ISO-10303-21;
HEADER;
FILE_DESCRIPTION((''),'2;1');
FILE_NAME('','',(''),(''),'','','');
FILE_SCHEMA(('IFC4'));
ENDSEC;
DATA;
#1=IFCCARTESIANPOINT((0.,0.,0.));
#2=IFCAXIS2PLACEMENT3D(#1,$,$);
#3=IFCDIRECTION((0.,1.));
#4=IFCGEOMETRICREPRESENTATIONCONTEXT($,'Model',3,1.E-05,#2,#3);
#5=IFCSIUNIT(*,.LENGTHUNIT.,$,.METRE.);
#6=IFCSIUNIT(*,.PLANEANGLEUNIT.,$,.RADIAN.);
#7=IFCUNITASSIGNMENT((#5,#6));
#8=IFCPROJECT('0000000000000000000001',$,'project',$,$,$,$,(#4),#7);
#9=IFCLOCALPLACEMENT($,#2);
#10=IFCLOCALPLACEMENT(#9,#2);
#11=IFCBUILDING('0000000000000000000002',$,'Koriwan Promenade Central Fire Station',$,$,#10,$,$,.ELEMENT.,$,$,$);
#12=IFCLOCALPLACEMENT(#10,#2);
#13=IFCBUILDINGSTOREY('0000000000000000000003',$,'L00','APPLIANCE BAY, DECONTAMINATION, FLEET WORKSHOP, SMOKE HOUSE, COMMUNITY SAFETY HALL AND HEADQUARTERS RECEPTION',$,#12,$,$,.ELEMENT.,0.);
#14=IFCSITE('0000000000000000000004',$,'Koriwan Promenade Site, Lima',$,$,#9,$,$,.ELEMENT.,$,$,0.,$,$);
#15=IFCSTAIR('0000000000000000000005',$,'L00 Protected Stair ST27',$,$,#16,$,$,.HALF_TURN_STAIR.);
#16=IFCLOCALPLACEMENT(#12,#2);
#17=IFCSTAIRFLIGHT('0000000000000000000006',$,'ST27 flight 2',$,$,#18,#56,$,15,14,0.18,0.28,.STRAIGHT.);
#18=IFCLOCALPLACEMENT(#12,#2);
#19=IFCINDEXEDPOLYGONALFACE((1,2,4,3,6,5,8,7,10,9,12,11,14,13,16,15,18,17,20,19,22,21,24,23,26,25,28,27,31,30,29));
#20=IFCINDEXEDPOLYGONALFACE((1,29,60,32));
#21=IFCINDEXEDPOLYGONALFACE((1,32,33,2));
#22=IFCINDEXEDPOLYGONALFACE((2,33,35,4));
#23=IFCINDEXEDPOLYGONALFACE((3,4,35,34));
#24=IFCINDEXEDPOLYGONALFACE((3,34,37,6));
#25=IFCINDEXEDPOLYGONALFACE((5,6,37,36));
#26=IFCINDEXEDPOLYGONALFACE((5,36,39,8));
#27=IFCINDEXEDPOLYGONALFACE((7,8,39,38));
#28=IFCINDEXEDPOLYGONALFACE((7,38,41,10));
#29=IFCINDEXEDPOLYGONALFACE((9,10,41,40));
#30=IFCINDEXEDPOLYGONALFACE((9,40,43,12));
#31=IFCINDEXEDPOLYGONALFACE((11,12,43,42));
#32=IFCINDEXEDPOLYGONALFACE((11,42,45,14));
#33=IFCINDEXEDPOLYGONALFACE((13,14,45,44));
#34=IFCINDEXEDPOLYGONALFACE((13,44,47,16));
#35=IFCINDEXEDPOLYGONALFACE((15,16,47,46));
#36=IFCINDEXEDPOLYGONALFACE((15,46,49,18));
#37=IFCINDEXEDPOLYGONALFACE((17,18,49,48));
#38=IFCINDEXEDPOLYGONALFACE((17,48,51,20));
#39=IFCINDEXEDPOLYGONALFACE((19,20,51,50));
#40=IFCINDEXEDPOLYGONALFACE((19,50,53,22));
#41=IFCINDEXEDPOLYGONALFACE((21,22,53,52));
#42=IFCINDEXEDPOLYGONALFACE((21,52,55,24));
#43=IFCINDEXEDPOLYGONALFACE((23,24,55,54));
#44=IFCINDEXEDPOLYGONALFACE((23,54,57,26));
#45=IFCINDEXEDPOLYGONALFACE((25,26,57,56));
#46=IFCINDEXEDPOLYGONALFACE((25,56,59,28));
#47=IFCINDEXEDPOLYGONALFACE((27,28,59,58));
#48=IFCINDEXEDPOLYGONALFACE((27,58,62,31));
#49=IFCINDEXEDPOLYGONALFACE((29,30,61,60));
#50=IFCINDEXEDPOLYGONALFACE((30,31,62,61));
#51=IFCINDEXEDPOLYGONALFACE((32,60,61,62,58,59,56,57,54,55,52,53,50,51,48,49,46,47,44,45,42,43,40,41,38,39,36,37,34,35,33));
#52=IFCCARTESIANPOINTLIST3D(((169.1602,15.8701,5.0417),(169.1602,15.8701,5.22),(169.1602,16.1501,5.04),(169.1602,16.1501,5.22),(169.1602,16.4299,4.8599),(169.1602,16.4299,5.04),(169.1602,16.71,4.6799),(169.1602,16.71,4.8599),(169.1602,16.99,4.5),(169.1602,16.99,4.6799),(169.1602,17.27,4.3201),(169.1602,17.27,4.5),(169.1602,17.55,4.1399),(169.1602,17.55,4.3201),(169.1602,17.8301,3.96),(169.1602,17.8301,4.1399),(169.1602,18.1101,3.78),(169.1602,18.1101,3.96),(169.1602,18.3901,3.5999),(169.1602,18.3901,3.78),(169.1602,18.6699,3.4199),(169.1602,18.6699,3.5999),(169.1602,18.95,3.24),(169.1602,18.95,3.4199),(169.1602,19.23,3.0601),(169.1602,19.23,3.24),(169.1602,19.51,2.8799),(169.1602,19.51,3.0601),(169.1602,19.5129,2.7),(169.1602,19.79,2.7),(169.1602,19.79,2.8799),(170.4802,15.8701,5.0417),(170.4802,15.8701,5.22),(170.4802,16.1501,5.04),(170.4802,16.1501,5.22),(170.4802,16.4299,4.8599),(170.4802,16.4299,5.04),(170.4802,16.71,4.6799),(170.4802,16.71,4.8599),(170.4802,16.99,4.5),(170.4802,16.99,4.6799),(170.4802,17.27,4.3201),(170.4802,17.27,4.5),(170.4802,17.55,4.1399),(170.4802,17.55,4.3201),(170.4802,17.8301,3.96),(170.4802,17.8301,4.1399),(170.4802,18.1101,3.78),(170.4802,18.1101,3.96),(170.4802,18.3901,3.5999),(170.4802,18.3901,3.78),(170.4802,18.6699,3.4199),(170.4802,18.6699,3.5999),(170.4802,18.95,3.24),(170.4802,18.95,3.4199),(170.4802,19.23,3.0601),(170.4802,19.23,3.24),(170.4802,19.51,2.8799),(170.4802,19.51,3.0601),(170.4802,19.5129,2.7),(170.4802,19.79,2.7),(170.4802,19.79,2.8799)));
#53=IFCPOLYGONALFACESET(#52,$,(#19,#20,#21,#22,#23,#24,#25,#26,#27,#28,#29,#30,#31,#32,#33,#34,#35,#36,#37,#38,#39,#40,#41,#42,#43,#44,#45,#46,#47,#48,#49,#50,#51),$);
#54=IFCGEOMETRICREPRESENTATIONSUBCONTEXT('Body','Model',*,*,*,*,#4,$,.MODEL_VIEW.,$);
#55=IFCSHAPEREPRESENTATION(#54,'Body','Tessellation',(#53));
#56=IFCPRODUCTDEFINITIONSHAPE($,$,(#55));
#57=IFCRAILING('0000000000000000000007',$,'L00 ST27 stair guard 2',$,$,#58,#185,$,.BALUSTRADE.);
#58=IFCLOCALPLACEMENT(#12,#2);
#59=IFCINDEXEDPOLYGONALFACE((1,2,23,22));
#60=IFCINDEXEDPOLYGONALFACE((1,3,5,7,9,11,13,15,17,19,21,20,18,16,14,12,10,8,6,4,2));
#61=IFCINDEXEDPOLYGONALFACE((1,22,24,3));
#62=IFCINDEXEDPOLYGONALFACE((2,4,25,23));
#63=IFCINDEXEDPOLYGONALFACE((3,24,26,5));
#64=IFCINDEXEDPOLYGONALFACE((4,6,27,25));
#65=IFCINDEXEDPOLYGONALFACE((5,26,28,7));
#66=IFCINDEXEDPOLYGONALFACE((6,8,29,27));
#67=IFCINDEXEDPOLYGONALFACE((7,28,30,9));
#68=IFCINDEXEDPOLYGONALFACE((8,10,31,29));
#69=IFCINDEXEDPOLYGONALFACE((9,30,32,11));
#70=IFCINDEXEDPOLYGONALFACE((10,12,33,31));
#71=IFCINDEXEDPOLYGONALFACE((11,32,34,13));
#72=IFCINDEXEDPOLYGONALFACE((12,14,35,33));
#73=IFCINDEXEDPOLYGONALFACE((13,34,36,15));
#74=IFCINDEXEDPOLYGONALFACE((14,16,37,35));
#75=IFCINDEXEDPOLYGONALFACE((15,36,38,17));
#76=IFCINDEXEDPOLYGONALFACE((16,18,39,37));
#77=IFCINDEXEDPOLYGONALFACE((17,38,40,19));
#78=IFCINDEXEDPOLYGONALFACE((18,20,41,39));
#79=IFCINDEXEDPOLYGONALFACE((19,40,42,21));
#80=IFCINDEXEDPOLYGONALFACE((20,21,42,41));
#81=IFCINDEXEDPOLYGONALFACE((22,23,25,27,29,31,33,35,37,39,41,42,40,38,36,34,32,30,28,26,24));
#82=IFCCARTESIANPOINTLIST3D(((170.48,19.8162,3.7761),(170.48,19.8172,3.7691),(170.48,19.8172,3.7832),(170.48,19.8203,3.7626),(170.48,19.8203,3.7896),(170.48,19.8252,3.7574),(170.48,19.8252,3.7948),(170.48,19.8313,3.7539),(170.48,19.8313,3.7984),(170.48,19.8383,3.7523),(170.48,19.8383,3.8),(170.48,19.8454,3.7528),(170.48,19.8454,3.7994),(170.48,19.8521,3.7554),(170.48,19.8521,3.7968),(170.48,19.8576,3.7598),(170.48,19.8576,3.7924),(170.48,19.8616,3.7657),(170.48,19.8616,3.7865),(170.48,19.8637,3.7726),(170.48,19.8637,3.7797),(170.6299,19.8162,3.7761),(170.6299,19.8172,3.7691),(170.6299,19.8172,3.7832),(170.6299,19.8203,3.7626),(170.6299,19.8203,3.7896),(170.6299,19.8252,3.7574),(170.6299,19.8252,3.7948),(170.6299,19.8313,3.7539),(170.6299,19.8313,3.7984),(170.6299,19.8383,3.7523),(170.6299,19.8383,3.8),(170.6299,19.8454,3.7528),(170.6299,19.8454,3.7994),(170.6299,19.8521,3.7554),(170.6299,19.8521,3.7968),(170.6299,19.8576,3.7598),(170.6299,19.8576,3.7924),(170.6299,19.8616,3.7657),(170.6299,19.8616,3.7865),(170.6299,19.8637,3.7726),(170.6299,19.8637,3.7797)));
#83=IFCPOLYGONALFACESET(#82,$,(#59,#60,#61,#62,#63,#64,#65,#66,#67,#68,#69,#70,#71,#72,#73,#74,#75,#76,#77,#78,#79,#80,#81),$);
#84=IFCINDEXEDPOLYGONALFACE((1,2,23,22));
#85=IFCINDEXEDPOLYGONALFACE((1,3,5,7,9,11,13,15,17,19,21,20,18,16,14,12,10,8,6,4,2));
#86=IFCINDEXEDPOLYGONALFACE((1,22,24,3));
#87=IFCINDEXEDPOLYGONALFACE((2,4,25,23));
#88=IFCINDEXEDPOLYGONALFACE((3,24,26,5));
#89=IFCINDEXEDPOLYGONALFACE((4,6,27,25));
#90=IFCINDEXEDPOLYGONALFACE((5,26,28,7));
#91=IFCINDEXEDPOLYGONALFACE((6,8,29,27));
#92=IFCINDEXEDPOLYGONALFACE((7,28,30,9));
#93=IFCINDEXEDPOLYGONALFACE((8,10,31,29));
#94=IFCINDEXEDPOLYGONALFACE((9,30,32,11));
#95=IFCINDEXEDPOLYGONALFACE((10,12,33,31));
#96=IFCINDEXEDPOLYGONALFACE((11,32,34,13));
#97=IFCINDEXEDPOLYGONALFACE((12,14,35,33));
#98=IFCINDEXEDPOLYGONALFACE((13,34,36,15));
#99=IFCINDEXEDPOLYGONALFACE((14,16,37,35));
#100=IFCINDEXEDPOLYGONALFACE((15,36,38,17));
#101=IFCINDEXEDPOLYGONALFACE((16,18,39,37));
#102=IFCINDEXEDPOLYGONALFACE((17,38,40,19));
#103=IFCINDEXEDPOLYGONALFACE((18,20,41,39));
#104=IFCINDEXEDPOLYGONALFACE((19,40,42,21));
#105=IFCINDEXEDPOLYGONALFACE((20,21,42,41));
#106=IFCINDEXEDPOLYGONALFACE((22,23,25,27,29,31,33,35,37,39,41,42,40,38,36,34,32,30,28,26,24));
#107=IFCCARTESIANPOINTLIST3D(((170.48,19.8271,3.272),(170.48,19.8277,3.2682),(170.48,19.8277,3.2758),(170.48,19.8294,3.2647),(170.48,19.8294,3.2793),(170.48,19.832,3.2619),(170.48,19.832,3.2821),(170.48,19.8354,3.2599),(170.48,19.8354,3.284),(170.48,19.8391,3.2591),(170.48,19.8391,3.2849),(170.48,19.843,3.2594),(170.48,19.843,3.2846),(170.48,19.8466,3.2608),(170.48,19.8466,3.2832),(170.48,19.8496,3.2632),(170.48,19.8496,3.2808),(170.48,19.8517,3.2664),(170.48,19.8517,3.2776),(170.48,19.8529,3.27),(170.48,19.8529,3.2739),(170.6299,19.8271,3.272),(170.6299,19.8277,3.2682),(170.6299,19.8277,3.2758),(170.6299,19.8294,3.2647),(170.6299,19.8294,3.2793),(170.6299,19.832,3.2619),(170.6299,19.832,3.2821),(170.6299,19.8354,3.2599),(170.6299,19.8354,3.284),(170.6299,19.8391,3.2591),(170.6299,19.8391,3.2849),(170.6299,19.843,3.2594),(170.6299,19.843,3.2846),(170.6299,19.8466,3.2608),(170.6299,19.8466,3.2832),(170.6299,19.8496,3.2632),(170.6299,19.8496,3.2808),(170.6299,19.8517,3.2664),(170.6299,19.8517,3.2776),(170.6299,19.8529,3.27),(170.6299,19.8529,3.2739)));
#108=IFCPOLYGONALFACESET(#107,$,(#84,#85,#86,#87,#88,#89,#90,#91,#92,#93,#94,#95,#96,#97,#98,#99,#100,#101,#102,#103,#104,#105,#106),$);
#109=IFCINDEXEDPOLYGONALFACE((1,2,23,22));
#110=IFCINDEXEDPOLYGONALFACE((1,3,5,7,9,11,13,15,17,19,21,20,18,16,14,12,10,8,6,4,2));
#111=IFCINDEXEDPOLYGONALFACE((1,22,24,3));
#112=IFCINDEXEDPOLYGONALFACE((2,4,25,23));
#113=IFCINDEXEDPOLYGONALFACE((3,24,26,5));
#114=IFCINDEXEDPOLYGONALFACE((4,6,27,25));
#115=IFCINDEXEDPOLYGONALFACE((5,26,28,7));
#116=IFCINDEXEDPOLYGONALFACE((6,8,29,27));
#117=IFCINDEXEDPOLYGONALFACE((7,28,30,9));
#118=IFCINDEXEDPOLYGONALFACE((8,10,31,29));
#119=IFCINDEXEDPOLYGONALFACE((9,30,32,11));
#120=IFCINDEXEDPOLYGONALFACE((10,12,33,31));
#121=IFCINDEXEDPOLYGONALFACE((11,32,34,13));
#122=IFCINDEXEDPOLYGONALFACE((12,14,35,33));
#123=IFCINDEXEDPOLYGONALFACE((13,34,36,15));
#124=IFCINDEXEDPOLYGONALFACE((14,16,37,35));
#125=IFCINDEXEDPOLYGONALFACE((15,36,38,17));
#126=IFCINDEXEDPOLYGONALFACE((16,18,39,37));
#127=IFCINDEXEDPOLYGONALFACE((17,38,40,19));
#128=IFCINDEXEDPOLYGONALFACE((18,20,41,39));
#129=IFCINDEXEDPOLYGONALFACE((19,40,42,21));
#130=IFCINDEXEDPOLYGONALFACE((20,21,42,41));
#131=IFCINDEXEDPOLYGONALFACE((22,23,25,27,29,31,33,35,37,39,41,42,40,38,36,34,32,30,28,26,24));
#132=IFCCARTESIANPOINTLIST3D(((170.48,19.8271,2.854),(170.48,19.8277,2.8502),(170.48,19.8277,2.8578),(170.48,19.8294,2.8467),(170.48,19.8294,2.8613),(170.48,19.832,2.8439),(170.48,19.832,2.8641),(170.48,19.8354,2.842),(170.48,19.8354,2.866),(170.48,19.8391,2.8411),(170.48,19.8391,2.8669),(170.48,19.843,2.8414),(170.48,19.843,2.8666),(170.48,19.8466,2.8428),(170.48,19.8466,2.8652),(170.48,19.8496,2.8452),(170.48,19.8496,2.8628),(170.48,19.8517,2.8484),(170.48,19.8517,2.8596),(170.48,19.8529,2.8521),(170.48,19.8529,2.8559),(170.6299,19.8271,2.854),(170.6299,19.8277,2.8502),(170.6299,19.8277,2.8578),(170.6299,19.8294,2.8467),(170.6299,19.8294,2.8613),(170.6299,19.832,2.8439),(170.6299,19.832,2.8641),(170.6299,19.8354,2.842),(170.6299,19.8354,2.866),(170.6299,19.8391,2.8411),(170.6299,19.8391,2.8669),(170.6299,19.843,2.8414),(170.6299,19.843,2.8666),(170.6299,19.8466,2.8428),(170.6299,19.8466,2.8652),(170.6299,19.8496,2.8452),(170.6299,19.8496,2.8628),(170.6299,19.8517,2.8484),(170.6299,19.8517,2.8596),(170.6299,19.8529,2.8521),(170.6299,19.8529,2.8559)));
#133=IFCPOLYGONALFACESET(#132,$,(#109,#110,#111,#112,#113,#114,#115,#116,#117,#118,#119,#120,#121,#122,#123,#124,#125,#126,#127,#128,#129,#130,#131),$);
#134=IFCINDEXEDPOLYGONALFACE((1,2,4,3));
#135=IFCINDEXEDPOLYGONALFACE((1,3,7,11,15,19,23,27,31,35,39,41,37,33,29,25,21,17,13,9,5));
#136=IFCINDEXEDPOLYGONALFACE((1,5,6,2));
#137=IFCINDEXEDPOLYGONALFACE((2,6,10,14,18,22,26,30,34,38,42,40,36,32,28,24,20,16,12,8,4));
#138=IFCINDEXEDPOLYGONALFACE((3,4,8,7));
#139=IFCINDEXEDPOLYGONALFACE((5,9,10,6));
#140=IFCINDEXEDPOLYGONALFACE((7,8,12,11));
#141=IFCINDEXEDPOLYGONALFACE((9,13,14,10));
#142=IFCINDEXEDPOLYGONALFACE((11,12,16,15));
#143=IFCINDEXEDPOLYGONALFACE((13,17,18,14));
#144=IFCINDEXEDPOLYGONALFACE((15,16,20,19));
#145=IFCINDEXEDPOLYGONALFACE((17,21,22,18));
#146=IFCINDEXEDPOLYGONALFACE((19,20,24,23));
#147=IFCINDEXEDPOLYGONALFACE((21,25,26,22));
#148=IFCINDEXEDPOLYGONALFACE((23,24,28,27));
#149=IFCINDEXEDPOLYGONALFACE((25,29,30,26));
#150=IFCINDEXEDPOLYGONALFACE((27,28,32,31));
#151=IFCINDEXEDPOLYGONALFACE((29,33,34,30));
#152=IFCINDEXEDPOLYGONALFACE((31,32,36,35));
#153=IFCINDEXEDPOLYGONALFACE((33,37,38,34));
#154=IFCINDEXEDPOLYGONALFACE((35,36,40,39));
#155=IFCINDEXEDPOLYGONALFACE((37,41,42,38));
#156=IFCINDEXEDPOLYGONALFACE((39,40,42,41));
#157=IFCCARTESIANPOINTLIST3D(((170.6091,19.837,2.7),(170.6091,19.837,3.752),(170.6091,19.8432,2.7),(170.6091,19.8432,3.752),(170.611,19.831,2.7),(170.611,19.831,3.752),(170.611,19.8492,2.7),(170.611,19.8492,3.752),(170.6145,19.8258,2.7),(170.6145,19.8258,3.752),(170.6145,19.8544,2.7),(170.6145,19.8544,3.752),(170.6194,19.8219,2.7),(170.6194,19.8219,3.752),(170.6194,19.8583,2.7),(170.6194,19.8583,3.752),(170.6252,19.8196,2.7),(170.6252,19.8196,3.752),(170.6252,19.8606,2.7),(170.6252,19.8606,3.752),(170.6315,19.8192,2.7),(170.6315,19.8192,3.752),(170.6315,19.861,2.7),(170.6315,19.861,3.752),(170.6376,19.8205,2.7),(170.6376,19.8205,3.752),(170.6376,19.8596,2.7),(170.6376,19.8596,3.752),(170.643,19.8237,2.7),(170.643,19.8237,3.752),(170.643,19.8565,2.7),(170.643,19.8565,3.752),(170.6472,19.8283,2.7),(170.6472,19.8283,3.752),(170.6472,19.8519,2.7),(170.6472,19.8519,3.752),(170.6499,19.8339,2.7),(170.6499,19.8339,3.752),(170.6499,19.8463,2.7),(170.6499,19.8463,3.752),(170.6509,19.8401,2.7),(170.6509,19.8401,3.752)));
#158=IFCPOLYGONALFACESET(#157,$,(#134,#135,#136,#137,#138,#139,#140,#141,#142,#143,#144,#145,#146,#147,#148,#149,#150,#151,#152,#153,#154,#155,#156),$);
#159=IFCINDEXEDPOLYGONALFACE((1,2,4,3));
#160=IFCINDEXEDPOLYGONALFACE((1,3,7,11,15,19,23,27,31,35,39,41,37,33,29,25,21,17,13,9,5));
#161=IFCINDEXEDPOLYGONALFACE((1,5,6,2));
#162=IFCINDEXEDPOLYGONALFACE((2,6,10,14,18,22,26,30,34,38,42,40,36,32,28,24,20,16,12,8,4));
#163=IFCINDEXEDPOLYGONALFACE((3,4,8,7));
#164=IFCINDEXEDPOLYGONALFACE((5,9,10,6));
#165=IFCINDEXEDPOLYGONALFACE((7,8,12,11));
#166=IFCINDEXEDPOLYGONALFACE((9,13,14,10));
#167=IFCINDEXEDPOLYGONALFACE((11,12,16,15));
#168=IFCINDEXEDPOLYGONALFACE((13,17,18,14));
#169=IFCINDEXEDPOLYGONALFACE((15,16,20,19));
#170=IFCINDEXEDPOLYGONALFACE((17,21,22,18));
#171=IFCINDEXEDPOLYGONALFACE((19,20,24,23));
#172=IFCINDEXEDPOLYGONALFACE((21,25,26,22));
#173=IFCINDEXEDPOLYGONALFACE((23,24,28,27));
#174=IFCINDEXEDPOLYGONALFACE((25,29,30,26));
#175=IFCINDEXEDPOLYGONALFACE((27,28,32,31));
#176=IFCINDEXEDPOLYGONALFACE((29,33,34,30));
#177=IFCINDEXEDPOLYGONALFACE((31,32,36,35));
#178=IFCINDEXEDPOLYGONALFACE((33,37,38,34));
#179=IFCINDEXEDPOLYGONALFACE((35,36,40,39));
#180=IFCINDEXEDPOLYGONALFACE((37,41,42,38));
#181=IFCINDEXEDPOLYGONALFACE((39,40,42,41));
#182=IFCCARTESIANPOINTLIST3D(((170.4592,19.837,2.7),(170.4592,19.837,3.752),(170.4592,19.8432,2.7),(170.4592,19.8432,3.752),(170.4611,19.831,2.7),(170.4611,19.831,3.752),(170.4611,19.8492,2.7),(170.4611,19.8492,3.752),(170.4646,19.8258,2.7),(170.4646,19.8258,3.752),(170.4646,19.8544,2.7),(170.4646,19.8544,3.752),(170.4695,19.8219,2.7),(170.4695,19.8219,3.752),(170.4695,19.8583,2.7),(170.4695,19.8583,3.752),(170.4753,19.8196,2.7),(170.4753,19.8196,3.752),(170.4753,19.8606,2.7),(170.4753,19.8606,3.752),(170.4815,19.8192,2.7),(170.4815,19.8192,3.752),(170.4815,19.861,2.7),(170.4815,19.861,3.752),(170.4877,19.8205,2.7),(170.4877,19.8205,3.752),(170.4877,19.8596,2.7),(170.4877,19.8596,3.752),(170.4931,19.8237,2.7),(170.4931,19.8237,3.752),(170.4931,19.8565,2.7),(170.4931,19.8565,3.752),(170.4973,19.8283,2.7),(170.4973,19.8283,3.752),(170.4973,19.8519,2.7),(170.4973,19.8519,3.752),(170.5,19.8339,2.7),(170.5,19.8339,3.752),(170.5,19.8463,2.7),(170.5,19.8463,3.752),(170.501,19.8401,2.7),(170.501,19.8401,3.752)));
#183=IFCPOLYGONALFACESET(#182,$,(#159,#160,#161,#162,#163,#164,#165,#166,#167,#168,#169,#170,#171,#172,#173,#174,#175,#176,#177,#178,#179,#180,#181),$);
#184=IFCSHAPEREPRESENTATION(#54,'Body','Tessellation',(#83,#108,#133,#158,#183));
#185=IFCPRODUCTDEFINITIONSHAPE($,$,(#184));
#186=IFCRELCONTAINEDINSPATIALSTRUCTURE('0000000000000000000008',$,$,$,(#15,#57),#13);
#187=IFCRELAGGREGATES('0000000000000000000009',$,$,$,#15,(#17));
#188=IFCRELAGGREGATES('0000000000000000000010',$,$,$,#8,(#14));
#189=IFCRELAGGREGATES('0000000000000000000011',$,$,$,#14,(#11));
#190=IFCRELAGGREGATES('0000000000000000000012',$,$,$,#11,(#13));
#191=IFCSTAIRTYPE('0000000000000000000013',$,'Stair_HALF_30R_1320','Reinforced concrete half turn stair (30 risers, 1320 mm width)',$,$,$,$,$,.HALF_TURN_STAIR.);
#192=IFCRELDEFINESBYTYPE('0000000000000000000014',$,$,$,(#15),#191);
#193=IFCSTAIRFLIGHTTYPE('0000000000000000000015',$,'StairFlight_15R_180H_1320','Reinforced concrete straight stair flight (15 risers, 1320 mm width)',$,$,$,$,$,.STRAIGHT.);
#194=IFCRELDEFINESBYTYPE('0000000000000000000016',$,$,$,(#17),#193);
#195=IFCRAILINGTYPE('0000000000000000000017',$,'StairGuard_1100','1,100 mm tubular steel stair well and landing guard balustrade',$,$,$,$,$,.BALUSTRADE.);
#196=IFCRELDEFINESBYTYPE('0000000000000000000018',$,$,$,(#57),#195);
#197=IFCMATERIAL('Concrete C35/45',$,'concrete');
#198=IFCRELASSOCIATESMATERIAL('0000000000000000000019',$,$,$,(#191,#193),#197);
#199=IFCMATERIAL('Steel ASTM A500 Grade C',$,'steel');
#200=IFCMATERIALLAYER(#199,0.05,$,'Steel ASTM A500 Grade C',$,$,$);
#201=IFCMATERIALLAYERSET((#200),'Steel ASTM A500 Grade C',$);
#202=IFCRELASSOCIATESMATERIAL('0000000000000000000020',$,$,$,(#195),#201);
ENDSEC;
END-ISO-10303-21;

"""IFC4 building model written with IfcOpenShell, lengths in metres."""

from ifc_helpers import new_model, si_unit, direction, frame, origin, origin_2d, place, context, subcontext, project, spatial, polyline, circle, outline, extrude, material, layer, layer_set, type_object, element, aggregate, save


model = new_model("IFC4")

# Units and contexts
model_context = context("Model", 3, precision=1e-05, world=origin(), true_north=direction((0.0, 1.0)))
body_context = subcontext(model_context, "Body", "Model", "MODEL_VIEW")
ifc_project = project(units=[si_unit("LENGTHUNIT", "METRE"), si_unit("PLANEANGLEUNIT", "RADIAN")], contexts=[model_context])

# Site, building, storey
site_placement = place(None, origin())
site = spatial("IfcSite", under=ifc_project, at=site_placement, Name="Koriwan Promenade Site, Lima", CompositionType="ELEMENT", RefElevation=0.0)
building_placement = place(site_placement, origin())
building = spatial("IfcBuilding", under=site, at=building_placement, Name="Koriwan Promenade Central Fire Station", CompositionType="ELEMENT")
storey_placement = place(building_placement, origin())
storey = spatial("IfcBuildingStorey", under=building, at=storey_placement, Name="L00", Description="APPLIANCE BAY, DECONTAMINATION, FLEET WORKSHOP, SMOKE HOUSE, COMMUNITY SAFETY HALL AND HEADQUARTERS RECEPTION", CompositionType="ELEMENT", Elevation=0.0)

# Shared definitions
ifc_material_1 = material(Name="Concrete C35/45", Category="concrete")

# Stair, stair flight
stair_type = type_object("IfcStairType", Name="Stair_HALF_30R_1320", Description="Reinforced concrete half turn stair (30 risers, 1320 mm width)", PredefinedType="HALF_TURN_STAIR", material=ifc_material_1)
stair_placement = place(storey_placement, origin())
stair = element("IfcStair", 1, at=stair_placement, inside=storey, type_object=stair_type, Name="L00 Protected Stair ST27", PredefinedType="HALF_TURN_STAIR")
stair_flight_type = type_object("IfcStairFlightType", Name="StairFlight_15R_180H_1320", Description="Reinforced concrete straight stair flight (15 risers, 1320 mm width)", PredefinedType="STRAIGHT", material=ifc_material_1)
stair_flight_placement = place(storey_placement, frame((169.8201, 19.79, 2.7), z_axis=(0.0, 0.0, 1.0), x_axis=(0.0, -1.0, 0.0)))
stair_flight = element("IfcStairFlight", 2, at=stair_flight_placement, type_object=stair_flight_type, Name="ST27 flight 2", NumberOfRisers=15, NumberOfTreads=14, PredefinedType="STRAIGHT", RiserHeight=0.18, TreadLength=0.28, context=body_context, shape_type="SweptSolid", body=[
    extrude(outline(polyline([(0.0, 0.0), (0.0, 0.1799), (0.28, 0.1799), (0.28, 0.3601), (0.5601, 0.3601), (0.5601, 0.54), (0.8401, 0.54), (0.8401, 0.72), (1.1201, 0.72), (1.1201, 0.8999), (1.3999, 0.8999), (1.3999, 1.0801), (1.6799, 1.0801), (1.6799, 1.26), (1.96, 1.26), (1.96, 1.4399), (2.24, 1.4399), (2.24, 1.6201), (2.52, 1.6201), (2.52, 1.8), (2.8, 1.8), (2.8, 1.98), (3.0801, 1.98), (3.0801, 2.1599), (3.3601, 2.1599), (3.3601, 2.3401), (3.6399, 2.3401), (3.6399, 2.52), (3.9199, 2.52), (3.9199, 2.7), (3.9199, 2.3418), (0.2771, 0.0), (0.0, 0.0)])), frame((0.0, 0.6602, 0.0), z_axis=(0.0, -1.0, 0.0), x_axis=(1.0, 0.0, 0.0)), (0.0, 0.0, 1.0), 1.3201),
])
aggregate(stair, [stair_flight])

# Railing
ifc_material_2 = material(Name="Steel ASTM A500 Grade C", Category="steel")
ifc_layer_1 = layer(ifc_material_2, 0.05, Name="Steel ASTM A500 Grade C")
ifc_layer_set_1 = layer_set([ifc_layer_1], Name="Steel ASTM A500 Grade C")
railing_type_1 = type_object("IfcRailingType", Name="StairGuard_1100", Description="1,100 mm tubular steel stair well and landing guard balustrade", PredefinedType="BALUSTRADE", material=ifc_layer_set_1)
railing_1_placement = place(storey_placement, frame((170.6299, 19.8401, 2.7)))
element("IfcRailing", 3, at=railing_1_placement, inside=storey, type_object=railing_type_1, Name="L00 ST27 stair guard 2", PredefinedType="BALUSTRADE", context=body_context, shape_type="SweptSolid", body=[
    extrude(circle(Radius=0.0239, at=origin_2d()), frame((0.0, 0.0, 1.0762), z_axis=(-1.0, 0.0, 0.0), x_axis=(0.0, -1.0, 0.0)), (0.0, 0.0, 1.0), 0.1499),
    extrude(circle(Radius=0.0129, at=origin_2d()), frame((0.0, 0.0, 0.572), z_axis=(-1.0, 0.0, 0.0), x_axis=(0.0, -1.0, 0.0)), (0.0, 0.0, 1.0), 0.1499),
    extrude(circle(Radius=0.0129, at=origin_2d()), frame((0.0, 0.0, 0.1541), z_axis=(-1.0, 0.0, 0.0), x_axis=(0.0, -1.0, 0.0)), (0.0, 0.0, 1.0), 0.1499),
    extrude(circle(Radius=0.021, at=origin_2d()), origin(), (0.0, 0.0, 1.0), 1.052),
    extrude(circle(Radius=0.021, at=origin_2d()), frame((-0.1499, 0.0, 0.0)), (0.0, 0.0, 1.0), 1.052),
])

save(model, "model.ifc")
